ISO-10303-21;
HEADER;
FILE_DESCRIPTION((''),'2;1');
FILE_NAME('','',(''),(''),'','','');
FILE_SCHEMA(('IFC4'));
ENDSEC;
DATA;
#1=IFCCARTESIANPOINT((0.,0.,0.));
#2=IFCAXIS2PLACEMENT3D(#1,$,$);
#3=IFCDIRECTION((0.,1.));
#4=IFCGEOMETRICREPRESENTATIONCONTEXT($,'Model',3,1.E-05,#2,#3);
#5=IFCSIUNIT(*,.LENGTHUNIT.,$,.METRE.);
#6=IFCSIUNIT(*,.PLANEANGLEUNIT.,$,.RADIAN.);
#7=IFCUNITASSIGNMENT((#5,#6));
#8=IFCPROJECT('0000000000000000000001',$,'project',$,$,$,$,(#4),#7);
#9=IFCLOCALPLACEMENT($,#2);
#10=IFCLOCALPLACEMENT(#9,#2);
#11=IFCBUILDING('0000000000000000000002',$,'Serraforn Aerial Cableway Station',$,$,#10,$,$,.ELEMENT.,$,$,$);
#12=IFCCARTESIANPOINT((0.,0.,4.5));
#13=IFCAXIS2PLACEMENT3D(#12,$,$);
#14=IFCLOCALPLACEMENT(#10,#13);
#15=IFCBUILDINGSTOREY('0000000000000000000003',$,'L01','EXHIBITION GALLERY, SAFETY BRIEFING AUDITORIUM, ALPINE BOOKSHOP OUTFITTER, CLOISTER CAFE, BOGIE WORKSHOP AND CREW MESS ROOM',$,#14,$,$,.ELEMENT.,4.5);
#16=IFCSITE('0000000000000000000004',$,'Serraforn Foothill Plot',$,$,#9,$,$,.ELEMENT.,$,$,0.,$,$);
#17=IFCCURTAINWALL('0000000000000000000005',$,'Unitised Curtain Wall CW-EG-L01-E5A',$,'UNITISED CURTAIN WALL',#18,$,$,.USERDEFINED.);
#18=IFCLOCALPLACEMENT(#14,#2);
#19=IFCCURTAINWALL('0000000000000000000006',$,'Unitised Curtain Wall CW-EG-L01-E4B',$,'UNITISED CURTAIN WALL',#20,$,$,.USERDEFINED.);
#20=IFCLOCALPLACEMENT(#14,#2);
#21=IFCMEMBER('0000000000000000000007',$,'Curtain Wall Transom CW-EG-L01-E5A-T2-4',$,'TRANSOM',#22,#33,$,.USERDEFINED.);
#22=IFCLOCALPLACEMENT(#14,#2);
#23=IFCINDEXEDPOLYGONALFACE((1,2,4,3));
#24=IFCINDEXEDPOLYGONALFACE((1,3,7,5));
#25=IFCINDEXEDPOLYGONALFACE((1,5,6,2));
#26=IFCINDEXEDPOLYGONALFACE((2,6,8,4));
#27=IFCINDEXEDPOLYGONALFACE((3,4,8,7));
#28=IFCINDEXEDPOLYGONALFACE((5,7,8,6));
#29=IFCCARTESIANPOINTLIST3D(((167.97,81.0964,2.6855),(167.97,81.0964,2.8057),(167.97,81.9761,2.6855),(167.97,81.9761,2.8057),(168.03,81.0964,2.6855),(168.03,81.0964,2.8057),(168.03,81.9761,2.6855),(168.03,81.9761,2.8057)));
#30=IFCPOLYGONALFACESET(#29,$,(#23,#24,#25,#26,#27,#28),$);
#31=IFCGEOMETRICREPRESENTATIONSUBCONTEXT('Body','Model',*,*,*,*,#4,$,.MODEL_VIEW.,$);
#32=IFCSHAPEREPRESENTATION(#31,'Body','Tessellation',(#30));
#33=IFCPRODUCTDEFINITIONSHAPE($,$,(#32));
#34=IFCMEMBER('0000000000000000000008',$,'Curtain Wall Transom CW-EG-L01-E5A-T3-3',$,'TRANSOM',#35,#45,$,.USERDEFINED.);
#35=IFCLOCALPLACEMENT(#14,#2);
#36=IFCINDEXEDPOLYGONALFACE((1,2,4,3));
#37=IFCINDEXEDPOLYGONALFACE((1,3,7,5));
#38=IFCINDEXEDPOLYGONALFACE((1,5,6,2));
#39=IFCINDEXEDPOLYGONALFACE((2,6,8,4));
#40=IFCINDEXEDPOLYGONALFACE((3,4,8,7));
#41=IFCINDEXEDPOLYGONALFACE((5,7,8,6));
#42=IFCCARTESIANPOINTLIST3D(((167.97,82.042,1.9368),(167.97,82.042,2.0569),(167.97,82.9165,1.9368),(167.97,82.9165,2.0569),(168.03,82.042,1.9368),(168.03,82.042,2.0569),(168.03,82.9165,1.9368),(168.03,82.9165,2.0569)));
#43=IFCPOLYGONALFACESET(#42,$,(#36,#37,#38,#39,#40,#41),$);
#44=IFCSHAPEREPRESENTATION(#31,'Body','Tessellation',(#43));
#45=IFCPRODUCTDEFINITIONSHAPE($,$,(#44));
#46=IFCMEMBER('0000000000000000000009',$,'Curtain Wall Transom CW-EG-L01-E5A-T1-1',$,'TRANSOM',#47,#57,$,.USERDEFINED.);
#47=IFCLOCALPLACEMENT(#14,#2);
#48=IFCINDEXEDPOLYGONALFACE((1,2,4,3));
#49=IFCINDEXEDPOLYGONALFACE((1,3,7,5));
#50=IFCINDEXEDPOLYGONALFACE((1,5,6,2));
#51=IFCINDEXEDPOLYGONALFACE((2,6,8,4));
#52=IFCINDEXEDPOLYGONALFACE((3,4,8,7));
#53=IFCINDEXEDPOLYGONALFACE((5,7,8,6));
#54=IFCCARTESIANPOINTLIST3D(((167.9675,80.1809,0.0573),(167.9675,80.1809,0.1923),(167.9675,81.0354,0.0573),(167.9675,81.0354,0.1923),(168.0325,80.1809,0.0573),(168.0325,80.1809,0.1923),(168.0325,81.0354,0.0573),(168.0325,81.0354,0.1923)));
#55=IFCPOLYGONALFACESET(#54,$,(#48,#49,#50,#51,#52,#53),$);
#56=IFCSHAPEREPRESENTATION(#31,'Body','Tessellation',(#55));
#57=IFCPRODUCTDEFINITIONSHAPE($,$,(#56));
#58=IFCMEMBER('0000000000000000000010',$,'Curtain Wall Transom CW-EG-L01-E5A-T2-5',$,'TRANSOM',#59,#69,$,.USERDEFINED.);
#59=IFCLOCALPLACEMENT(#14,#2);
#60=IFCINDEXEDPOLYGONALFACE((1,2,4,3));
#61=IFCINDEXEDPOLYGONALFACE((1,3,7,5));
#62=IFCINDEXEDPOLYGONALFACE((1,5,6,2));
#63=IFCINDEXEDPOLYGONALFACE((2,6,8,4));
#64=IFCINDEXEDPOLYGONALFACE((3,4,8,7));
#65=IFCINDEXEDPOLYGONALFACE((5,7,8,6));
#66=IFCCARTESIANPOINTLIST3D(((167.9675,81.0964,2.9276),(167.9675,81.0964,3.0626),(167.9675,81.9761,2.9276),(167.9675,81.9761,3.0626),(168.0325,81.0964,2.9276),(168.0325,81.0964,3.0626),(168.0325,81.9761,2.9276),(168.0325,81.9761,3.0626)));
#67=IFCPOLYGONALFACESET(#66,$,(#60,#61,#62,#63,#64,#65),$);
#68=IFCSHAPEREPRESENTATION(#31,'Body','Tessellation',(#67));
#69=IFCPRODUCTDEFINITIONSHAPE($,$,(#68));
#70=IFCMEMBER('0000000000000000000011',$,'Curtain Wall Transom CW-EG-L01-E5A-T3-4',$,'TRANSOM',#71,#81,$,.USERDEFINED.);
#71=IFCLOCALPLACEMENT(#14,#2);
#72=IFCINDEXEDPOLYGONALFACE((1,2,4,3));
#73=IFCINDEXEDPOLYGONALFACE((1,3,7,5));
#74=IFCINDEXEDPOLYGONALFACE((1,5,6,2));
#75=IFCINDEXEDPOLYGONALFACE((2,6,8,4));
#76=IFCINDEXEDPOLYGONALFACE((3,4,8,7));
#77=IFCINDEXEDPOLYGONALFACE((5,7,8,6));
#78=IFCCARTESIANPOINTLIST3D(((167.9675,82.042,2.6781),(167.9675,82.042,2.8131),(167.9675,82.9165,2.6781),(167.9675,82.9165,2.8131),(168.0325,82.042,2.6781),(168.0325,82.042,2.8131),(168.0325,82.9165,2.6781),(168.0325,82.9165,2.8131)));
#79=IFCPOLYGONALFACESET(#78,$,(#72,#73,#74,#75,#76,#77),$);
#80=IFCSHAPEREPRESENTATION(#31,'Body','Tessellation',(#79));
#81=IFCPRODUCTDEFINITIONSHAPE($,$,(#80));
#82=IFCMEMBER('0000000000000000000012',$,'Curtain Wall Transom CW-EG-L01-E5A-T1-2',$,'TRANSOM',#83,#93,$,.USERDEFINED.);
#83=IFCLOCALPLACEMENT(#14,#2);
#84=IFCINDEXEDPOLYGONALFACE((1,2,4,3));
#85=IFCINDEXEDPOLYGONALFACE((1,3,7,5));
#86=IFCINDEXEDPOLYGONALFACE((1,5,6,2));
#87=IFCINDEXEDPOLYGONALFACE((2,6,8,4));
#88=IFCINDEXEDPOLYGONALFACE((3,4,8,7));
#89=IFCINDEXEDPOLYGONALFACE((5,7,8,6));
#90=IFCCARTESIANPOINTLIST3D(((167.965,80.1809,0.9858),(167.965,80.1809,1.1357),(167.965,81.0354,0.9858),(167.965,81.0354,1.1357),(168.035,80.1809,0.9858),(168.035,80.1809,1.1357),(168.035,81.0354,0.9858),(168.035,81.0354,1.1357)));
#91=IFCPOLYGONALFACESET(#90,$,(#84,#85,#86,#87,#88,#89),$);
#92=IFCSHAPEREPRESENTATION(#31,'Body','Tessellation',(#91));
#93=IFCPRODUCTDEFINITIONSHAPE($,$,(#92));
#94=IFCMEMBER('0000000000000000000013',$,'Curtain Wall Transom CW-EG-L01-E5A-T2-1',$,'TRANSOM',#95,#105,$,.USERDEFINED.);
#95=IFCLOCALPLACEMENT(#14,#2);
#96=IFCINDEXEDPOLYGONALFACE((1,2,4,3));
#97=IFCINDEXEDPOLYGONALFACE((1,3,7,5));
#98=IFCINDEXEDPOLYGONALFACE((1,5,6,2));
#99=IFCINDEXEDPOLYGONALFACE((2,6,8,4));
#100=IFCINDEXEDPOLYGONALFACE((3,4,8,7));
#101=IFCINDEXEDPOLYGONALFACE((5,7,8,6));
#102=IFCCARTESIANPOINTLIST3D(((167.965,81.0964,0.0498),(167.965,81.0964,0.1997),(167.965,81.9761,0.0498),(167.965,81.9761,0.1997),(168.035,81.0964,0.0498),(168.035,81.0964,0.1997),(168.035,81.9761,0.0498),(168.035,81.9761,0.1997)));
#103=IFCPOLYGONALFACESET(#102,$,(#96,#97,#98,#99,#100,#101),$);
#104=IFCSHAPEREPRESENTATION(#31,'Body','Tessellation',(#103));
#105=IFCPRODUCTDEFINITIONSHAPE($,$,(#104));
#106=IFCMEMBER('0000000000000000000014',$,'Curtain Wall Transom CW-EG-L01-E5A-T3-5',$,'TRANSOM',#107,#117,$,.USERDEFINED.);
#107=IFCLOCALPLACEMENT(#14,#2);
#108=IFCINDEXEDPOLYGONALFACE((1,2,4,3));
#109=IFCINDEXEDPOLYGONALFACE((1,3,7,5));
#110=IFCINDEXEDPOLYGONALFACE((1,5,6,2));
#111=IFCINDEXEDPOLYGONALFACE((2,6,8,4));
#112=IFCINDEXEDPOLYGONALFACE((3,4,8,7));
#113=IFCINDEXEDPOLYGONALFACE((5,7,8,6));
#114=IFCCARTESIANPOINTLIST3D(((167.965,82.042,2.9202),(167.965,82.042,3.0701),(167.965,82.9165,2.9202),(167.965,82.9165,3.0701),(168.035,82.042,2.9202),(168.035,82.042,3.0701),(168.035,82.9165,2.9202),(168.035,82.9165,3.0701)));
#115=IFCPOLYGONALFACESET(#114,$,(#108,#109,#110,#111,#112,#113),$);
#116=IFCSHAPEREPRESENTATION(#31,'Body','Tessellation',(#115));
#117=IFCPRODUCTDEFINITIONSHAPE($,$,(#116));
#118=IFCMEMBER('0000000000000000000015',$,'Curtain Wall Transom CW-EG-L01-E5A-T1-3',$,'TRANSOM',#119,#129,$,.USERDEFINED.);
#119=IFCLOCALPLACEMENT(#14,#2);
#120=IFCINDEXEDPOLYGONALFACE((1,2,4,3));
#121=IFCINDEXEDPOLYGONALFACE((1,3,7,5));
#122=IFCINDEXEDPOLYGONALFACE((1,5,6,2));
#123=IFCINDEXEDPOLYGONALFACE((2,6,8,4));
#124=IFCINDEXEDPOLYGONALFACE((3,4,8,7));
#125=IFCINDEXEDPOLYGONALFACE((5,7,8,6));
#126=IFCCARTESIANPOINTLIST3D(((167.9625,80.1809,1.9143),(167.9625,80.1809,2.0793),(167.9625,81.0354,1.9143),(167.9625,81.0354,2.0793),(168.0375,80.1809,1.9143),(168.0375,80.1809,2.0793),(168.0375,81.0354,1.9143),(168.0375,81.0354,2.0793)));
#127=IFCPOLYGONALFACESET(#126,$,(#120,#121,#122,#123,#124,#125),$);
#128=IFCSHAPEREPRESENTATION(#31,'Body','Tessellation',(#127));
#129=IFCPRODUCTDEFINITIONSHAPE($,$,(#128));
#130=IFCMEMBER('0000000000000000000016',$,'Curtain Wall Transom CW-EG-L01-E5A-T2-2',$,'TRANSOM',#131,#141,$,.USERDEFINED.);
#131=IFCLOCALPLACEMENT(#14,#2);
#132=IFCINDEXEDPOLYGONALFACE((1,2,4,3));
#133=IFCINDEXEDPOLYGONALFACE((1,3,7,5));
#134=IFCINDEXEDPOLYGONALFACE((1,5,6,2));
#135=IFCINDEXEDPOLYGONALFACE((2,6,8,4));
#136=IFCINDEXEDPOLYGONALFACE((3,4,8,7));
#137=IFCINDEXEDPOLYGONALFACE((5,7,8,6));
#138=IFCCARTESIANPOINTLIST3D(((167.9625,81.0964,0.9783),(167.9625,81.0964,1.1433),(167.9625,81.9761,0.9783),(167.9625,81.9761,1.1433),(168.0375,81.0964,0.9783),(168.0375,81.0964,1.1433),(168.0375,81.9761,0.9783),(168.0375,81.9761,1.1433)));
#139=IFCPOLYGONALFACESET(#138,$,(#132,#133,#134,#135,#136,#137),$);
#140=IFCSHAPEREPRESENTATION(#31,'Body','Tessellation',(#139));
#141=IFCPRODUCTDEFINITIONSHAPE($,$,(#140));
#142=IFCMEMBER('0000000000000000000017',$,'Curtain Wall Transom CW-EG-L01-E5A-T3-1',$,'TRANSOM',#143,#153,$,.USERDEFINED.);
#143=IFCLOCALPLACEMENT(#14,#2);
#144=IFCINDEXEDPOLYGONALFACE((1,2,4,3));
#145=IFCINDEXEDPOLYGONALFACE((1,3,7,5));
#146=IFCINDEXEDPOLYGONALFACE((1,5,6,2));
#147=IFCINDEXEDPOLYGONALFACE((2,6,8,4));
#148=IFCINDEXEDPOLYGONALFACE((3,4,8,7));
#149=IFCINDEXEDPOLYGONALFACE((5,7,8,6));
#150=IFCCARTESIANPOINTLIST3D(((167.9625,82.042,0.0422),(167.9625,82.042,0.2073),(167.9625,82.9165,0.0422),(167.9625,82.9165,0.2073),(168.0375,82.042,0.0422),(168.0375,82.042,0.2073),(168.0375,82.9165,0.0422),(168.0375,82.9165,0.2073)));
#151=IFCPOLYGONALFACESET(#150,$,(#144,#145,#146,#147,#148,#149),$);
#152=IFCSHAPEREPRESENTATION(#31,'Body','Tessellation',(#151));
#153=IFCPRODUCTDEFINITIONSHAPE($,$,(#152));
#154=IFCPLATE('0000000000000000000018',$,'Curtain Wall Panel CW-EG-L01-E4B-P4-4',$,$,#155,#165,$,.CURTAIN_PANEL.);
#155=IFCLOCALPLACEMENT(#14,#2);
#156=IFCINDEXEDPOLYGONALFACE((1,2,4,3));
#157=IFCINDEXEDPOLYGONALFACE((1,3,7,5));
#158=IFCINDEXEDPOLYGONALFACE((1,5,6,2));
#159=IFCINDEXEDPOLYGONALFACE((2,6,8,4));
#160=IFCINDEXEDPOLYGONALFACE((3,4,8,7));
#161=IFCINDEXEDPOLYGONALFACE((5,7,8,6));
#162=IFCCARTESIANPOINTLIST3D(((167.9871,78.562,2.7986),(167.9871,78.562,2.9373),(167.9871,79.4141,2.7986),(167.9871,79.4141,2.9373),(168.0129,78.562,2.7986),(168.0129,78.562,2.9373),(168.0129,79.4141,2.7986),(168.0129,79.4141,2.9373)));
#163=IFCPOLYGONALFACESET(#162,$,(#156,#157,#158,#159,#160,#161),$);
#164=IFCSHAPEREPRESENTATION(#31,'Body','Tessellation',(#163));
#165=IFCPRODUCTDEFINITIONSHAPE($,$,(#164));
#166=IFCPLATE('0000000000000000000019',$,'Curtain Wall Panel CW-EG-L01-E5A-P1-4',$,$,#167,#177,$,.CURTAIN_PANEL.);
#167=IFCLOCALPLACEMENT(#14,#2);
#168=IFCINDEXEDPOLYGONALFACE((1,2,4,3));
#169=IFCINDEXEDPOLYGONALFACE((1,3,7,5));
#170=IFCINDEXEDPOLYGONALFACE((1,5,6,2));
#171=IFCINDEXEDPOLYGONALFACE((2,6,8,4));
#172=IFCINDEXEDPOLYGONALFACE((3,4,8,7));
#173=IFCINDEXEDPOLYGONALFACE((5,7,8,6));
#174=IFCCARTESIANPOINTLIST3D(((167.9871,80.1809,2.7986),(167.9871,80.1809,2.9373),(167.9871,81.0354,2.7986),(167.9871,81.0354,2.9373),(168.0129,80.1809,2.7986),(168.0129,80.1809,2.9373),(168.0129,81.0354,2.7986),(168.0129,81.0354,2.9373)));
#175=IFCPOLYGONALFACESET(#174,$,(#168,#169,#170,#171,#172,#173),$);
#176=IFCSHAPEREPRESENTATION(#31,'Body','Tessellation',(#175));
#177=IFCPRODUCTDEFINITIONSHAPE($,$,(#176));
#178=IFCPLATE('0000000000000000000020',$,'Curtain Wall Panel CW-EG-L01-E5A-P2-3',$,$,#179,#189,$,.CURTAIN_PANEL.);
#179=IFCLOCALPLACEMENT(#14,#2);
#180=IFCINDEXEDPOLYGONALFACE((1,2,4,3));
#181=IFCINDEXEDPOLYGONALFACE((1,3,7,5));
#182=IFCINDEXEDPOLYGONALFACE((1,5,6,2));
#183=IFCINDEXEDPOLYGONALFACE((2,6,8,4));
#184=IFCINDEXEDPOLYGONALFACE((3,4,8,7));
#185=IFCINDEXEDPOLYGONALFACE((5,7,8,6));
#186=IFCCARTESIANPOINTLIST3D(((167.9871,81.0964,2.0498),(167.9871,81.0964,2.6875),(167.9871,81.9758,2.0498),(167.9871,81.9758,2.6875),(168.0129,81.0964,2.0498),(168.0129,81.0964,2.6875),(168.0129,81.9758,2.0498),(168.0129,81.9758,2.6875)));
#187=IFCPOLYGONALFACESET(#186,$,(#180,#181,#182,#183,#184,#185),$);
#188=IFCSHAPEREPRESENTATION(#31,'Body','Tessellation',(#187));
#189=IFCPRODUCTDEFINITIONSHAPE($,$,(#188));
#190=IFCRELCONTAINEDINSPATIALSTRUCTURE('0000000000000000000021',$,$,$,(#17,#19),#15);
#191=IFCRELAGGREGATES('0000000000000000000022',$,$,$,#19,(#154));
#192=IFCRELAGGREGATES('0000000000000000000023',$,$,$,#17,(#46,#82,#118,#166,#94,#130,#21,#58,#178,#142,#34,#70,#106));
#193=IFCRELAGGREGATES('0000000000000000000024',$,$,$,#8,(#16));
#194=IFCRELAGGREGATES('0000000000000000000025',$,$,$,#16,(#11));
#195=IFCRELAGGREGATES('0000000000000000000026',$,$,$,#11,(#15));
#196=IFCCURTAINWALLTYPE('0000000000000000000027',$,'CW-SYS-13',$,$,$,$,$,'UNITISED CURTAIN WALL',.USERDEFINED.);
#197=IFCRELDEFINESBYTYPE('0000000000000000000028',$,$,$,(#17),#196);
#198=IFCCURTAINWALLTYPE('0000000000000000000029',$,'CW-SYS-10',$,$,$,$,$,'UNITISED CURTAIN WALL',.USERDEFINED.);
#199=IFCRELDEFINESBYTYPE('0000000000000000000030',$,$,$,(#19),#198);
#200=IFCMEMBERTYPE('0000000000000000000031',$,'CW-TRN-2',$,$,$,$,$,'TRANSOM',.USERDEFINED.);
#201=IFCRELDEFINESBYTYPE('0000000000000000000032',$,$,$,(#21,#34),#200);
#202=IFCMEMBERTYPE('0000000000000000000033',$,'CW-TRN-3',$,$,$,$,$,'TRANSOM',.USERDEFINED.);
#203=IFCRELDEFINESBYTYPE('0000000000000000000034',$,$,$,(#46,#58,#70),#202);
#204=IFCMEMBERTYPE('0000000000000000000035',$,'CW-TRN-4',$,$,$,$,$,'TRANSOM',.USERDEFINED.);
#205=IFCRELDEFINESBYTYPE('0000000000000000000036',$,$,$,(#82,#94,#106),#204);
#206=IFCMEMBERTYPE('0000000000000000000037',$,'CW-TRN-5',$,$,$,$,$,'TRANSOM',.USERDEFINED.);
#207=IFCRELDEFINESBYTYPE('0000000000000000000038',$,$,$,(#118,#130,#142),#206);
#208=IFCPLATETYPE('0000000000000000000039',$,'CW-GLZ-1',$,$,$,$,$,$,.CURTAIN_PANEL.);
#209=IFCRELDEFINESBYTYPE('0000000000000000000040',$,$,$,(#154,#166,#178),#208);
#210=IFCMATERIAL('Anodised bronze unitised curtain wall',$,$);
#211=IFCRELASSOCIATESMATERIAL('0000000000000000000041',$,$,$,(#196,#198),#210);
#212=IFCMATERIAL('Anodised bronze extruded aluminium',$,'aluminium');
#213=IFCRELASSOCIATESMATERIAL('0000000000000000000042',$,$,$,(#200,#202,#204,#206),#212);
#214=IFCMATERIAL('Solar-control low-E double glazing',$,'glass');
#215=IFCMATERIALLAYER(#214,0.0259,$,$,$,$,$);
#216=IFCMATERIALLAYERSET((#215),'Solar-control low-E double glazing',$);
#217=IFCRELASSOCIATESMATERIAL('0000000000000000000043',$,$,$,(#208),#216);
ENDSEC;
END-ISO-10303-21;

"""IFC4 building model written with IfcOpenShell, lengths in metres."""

from ifc_helpers import new_model, si_unit, direction, frame, origin, origin_2d, place, context, subcontext, project, spatial, rectangle, extrude, material, layer, layer_set, material_profile, profile_set, type_object, element, aggregate, save


model = new_model("IFC4")

# Units and contexts
model_context = context("Model", 3, precision=1e-05, world=origin(), true_north=direction((0.0, 1.0)))
body_context = subcontext(model_context, "Body", "Model", "MODEL_VIEW")
ifc_project = project(units=[si_unit("LENGTHUNIT", "METRE"), si_unit("PLANEANGLEUNIT", "RADIAN")], contexts=[model_context])

# Site, building, storey
site_placement = place(None, origin())
site = spatial("IfcSite", under=ifc_project, at=site_placement, Name="Serraforn Foothill Plot", CompositionType="ELEMENT", RefElevation=0.0)
building_placement = place(site_placement, origin())
building = spatial("IfcBuilding", under=site, at=building_placement, Name="Serraforn Aerial Cableway Station", CompositionType="ELEMENT")
storey_placement = place(building_placement, frame((0.0, 0.0, 4.5)))
storey = spatial("IfcBuildingStorey", under=building, at=storey_placement, Name="L01", Description="EXHIBITION GALLERY, SAFETY BRIEFING AUDITORIUM, ALPINE BOOKSHOP OUTFITTER, CLOISTER CAFE, BOGIE WORKSHOP AND CREW MESS ROOM", CompositionType="ELEMENT", Elevation=4.5)

# Curtain walls
ifc_material_1 = material(Name="Anodised bronze unitised curtain wall")
curtain_wall_type_1 = type_object("IfcCurtainWallType", Name="CW-SYS-13", ElementType="UNITISED CURTAIN WALL", PredefinedType="USERDEFINED", material=ifc_material_1)
curtain_wall_1_placement = place(storey_placement, origin())
curtain_wall_1 = element("IfcCurtainWall", 1, at=curtain_wall_1_placement, inside=storey, type_object=curtain_wall_type_1, Name="Unitised Curtain Wall CW-EG-L01-E5A", ObjectType="UNITISED CURTAIN WALL", PredefinedType="USERDEFINED")
ifc_material_2 = material(Name="Anodised bronze extruded aluminium", Category="aluminium")
curtain_wall_type_2 = type_object("IfcCurtainWallType", Name="CW-SYS-10", ElementType="UNITISED CURTAIN WALL", PredefinedType="USERDEFINED", material=ifc_material_1)
curtain_wall_2_placement = place(storey_placement, origin())
curtain_wall_2 = element("IfcCurtainWall", 2, at=curtain_wall_2_placement, inside=storey, type_object=curtain_wall_type_2, Name="Unitised Curtain Wall CW-EG-L01-E4B", ObjectType="UNITISED CURTAIN WALL", PredefinedType="USERDEFINED")

# Members
ifc_material_profile_1 = material_profile(ifc_material_2, rectangle(XDim=0.0601, YDim=0.1201, at=origin_2d()), Name="CW TRANSOM 60x120")
ifc_profile_set_1 = profile_set([ifc_material_profile_1], Name="Anodised bronze extruded aluminium")
member_type_1 = type_object("IfcMemberType", Name="CW-TRN-2", ElementType="TRANSOM", PredefinedType="USERDEFINED", material=ifc_profile_set_1)
member_1_placement = place(storey_placement, frame((168.0, 81.0964, 2.7456), z_axis=(0.0, 1.0, 0.0), x_axis=(-1.0, 0.0, 0.0)))
member_1 = element("IfcMember", 3, at=member_1_placement, type_object=member_type_1, Name="Curtain Wall Transom CW-EG-L01-E5A-T2-4", ObjectType="TRANSOM", PredefinedType="USERDEFINED", context=body_context, shape_type="SweptSolid", body=[
    extrude(rectangle(XDim=0.0601, YDim=0.1201, at=origin_2d()), origin(), (0.0, 0.0, 1.0), 0.8796),
])
member_2_placement = place(storey_placement, frame((168.0, 82.042, 1.9968), z_axis=(0.0, 1.0, 0.0), x_axis=(-1.0, 0.0, 0.0)))
member_2 = element("IfcMember", 4, at=member_2_placement, type_object=member_type_1, Name="Curtain Wall Transom CW-EG-L01-E5A-T3-3", ObjectType="TRANSOM", PredefinedType="USERDEFINED", context=body_context, shape_type="SweptSolid", body=[
    extrude(rectangle(XDim=0.0601, YDim=0.1201, at=origin_2d()), origin(), (0.0, 0.0, 1.0), 0.8745),
])
ifc_material_profile_2 = material_profile(ifc_material_2, rectangle(XDim=0.0649, YDim=0.135, at=origin_2d()), Name="CW TRANSOM 65x135")
ifc_profile_set_2 = profile_set([ifc_material_profile_2], Name="Anodised bronze extruded aluminium")
member_type_2 = type_object("IfcMemberType", Name="CW-TRN-3", ElementType="TRANSOM", PredefinedType="USERDEFINED", material=ifc_profile_set_2)
member_3_placement = place(storey_placement, frame((168.0, 80.1809, 0.1248), z_axis=(0.0, 1.0, 0.0), x_axis=(-1.0, 0.0, 0.0)))
member_3 = element("IfcMember", 5, at=member_3_placement, type_object=member_type_2, Name="Curtain Wall Transom CW-EG-L01-E5A-T1-1", ObjectType="TRANSOM", PredefinedType="USERDEFINED", context=body_context, shape_type="SweptSolid", body=[
    extrude(rectangle(XDim=0.0649, YDim=0.135, at=origin_2d()), origin(), (0.0, 0.0, 1.0), 0.8545),
])
member_4_placement = place(storey_placement, frame((168.0, 81.0964, 2.9951), z_axis=(0.0, 1.0, 0.0), x_axis=(-1.0, 0.0, 0.0)))
member_4 = element("IfcMember", 6, at=member_4_placement, type_object=member_type_2, Name="Curtain Wall Transom CW-EG-L01-E5A-T2-5", ObjectType="TRANSOM", PredefinedType="USERDEFINED", context=body_context, shape_type="SweptSolid", body=[
    extrude(rectangle(XDim=0.0649, YDim=0.135, at=origin_2d()), origin(), (0.0, 0.0, 1.0), 0.8796),
])
member_5_placement = place(storey_placement, frame((168.0, 82.042, 2.7456), z_axis=(0.0, 1.0, 0.0), x_axis=(-1.0, 0.0, 0.0)))
member_5 = element("IfcMember", 7, at=member_5_placement, type_object=member_type_2, Name="Curtain Wall Transom CW-EG-L01-E5A-T3-4", ObjectType="TRANSOM", PredefinedType="USERDEFINED", context=body_context, shape_type="SweptSolid", body=[
    extrude(rectangle(XDim=0.0649, YDim=0.135, at=origin_2d()), origin(), (0.0, 0.0, 1.0), 0.8745),
])
ifc_material_profile_3 = material_profile(ifc_material_2, rectangle(XDim=0.0701, YDim=0.1499, at=origin_2d()), Name="CW TRANSOM 70x150")
ifc_profile_set_3 = profile_set([ifc_material_profile_3], Name="Anodised bronze extruded aluminium")
member_type_3 = type_object("IfcMemberType", Name="CW-TRN-4", ElementType="TRANSOM", PredefinedType="USERDEFINED", material=ifc_profile_set_3)
member_6_placement = place(storey_placement, frame((168.0, 80.1809, 1.0608), z_axis=(0.0, 1.0, 0.0), x_axis=(-1.0, 0.0, 0.0)))
member_6 = element("IfcMember", 8, at=member_6_placement, type_object=member_type_3, Name="Curtain Wall Transom CW-EG-L01-E5A-T1-2", ObjectType="TRANSOM", PredefinedType="USERDEFINED", context=body_context, shape_type="SweptSolid", body=[
    extrude(rectangle(XDim=0.0701, YDim=0.1499, at=origin_2d()), origin(), (0.0, 0.0, 1.0), 0.8545),
])
member_7_placement = place(storey_placement, frame((168.0, 81.0964, 0.1248), z_axis=(0.0, 1.0, 0.0), x_axis=(-1.0, 0.0, 0.0)))
member_7 = element("IfcMember", 9, at=member_7_placement, type_object=member_type_3, Name="Curtain Wall Transom CW-EG-L01-E5A-T2-1", ObjectType="TRANSOM", PredefinedType="USERDEFINED", context=body_context, shape_type="SweptSolid", body=[
    extrude(rectangle(XDim=0.0701, YDim=0.1499, at=origin_2d()), origin(), (0.0, 0.0, 1.0), 0.8796),
])
member_8_placement = place(storey_placement, frame((168.0, 82.042, 2.9951), z_axis=(0.0, 1.0, 0.0), x_axis=(-1.0, 0.0, 0.0)))
member_8 = element("IfcMember", 10, at=member_8_placement, type_object=member_type_3, Name="Curtain Wall Transom CW-EG-L01-E5A-T3-5", ObjectType="TRANSOM", PredefinedType="USERDEFINED", context=body_context, shape_type="SweptSolid", body=[
    extrude(rectangle(XDim=0.0701, YDim=0.1499, at=origin_2d()), origin(), (0.0, 0.0, 1.0), 0.8745),
])
ifc_material_profile_4 = material_profile(ifc_material_2, rectangle(XDim=0.075, YDim=0.165, at=origin_2d()), Name="CW TRANSOM 75x165")
ifc_profile_set_4 = profile_set([ifc_material_profile_4], Name="Anodised bronze extruded aluminium")
member_type_4 = type_object("IfcMemberType", Name="CW-TRN-5", ElementType="TRANSOM", PredefinedType="USERDEFINED", material=ifc_profile_set_4)
member_9_placement = place(storey_placement, frame((168.0, 80.1809, 1.9968), z_axis=(0.0, 1.0, 0.0), x_axis=(-1.0, 0.0, 0.0)))
member_9 = element("IfcMember", 11, at=member_9_placement, type_object=member_type_4, Name="Curtain Wall Transom CW-EG-L01-E5A-T1-3", ObjectType="TRANSOM", PredefinedType="USERDEFINED", context=body_context, shape_type="SweptSolid", body=[
    extrude(rectangle(XDim=0.075, YDim=0.165, at=origin_2d()), origin(), (0.0, 0.0, 1.0), 0.8545),
])
member_10_placement = place(storey_placement, frame((168.0, 81.0964, 1.0608), z_axis=(0.0, 1.0, 0.0), x_axis=(-1.0, 0.0, 0.0)))
member_10 = element("IfcMember", 12, at=member_10_placement, type_object=member_type_4, Name="Curtain Wall Transom CW-EG-L01-E5A-T2-2", ObjectType="TRANSOM", PredefinedType="USERDEFINED", context=body_context, shape_type="SweptSolid", body=[
    extrude(rectangle(XDim=0.075, YDim=0.165, at=origin_2d()), origin(), (0.0, 0.0, 1.0), 0.8796),
])
member_11_placement = place(storey_placement, frame((168.0, 82.042, 0.1248), z_axis=(0.0, 1.0, 0.0), x_axis=(-1.0, 0.0, 0.0)))
member_11 = element("IfcMember", 13, at=member_11_placement, type_object=member_type_4, Name="Curtain Wall Transom CW-EG-L01-E5A-T3-1", ObjectType="TRANSOM", PredefinedType="USERDEFINED", context=body_context, shape_type="SweptSolid", body=[
    extrude(rectangle(XDim=0.075, YDim=0.165, at=origin_2d()), origin(), (0.0, 0.0, 1.0), 0.8745),
])

# Plates
ifc_material_3 = material(Name="Solar-control low-E double glazing", Category="glass")
ifc_layer_1 = layer(ifc_material_3, 0.0259)
ifc_layer_set_1 = layer_set([ifc_layer_1], Name="Solar-control low-E double glazing")
plate_type_1 = type_object("IfcPlateType", Name="CW-GLZ-1", PredefinedType="CURTAIN_PANEL", material=ifc_layer_set_1)
plate_1_placement = place(storey_placement, frame((168.0, 78.988, 2.7986), z_axis=(0.0, 0.0, 1.0), x_axis=(1.0, 0.0, 0.0)))
plate_1 = element("IfcPlate", 14, at=plate_1_placement, type_object=plate_type_1, Name="Curtain Wall Panel CW-EG-L01-E4B-P4-4", PredefinedType="CURTAIN_PANEL", context=body_context, shape_type="SweptSolid", body=[
    extrude(rectangle(XDim=0.0259, YDim=0.8521, at=origin_2d()), origin(), (0.0, 0.0, 1.0), 0.1387),
])
plate_2_placement = place(storey_placement, frame((168.0, 80.6082, 2.7986), z_axis=(0.0, 0.0, 1.0), x_axis=(1.0, 0.0, 0.0)))
plate_2 = element("IfcPlate", 15, at=plate_2_placement, type_object=plate_type_1, Name="Curtain Wall Panel CW-EG-L01-E5A-P1-4", PredefinedType="CURTAIN_PANEL", context=body_context, shape_type="SweptSolid", body=[
    extrude(rectangle(XDim=0.0259, YDim=0.8545, at=origin_2d()), origin(), (0.0, 0.0, 1.0), 0.1387),
])
plate_3_placement = place(storey_placement, frame((168.0, 81.5361, 2.0498), z_axis=(0.0, 0.0, 1.0), x_axis=(1.0, 0.0, 0.0)))
plate_3 = element("IfcPlate", 16, at=plate_3_placement, type_object=plate_type_1, Name="Curtain Wall Panel CW-EG-L01-E5A-P2-3", PredefinedType="CURTAIN_PANEL", context=body_context, shape_type="SweptSolid", body=[
    extrude(rectangle(XDim=0.0259, YDim=0.8794, at=origin_2d()), origin(), (0.0, 0.0, 1.0), 0.6377),
])
aggregate(curtain_wall_2, [plate_1])
aggregate(curtain_wall_1, [member_3, member_6, member_9, plate_2, member_7, member_10, member_1, member_4, plate_3, member_11, member_2, member_5, member_8])

save(model, "model.ifc")
